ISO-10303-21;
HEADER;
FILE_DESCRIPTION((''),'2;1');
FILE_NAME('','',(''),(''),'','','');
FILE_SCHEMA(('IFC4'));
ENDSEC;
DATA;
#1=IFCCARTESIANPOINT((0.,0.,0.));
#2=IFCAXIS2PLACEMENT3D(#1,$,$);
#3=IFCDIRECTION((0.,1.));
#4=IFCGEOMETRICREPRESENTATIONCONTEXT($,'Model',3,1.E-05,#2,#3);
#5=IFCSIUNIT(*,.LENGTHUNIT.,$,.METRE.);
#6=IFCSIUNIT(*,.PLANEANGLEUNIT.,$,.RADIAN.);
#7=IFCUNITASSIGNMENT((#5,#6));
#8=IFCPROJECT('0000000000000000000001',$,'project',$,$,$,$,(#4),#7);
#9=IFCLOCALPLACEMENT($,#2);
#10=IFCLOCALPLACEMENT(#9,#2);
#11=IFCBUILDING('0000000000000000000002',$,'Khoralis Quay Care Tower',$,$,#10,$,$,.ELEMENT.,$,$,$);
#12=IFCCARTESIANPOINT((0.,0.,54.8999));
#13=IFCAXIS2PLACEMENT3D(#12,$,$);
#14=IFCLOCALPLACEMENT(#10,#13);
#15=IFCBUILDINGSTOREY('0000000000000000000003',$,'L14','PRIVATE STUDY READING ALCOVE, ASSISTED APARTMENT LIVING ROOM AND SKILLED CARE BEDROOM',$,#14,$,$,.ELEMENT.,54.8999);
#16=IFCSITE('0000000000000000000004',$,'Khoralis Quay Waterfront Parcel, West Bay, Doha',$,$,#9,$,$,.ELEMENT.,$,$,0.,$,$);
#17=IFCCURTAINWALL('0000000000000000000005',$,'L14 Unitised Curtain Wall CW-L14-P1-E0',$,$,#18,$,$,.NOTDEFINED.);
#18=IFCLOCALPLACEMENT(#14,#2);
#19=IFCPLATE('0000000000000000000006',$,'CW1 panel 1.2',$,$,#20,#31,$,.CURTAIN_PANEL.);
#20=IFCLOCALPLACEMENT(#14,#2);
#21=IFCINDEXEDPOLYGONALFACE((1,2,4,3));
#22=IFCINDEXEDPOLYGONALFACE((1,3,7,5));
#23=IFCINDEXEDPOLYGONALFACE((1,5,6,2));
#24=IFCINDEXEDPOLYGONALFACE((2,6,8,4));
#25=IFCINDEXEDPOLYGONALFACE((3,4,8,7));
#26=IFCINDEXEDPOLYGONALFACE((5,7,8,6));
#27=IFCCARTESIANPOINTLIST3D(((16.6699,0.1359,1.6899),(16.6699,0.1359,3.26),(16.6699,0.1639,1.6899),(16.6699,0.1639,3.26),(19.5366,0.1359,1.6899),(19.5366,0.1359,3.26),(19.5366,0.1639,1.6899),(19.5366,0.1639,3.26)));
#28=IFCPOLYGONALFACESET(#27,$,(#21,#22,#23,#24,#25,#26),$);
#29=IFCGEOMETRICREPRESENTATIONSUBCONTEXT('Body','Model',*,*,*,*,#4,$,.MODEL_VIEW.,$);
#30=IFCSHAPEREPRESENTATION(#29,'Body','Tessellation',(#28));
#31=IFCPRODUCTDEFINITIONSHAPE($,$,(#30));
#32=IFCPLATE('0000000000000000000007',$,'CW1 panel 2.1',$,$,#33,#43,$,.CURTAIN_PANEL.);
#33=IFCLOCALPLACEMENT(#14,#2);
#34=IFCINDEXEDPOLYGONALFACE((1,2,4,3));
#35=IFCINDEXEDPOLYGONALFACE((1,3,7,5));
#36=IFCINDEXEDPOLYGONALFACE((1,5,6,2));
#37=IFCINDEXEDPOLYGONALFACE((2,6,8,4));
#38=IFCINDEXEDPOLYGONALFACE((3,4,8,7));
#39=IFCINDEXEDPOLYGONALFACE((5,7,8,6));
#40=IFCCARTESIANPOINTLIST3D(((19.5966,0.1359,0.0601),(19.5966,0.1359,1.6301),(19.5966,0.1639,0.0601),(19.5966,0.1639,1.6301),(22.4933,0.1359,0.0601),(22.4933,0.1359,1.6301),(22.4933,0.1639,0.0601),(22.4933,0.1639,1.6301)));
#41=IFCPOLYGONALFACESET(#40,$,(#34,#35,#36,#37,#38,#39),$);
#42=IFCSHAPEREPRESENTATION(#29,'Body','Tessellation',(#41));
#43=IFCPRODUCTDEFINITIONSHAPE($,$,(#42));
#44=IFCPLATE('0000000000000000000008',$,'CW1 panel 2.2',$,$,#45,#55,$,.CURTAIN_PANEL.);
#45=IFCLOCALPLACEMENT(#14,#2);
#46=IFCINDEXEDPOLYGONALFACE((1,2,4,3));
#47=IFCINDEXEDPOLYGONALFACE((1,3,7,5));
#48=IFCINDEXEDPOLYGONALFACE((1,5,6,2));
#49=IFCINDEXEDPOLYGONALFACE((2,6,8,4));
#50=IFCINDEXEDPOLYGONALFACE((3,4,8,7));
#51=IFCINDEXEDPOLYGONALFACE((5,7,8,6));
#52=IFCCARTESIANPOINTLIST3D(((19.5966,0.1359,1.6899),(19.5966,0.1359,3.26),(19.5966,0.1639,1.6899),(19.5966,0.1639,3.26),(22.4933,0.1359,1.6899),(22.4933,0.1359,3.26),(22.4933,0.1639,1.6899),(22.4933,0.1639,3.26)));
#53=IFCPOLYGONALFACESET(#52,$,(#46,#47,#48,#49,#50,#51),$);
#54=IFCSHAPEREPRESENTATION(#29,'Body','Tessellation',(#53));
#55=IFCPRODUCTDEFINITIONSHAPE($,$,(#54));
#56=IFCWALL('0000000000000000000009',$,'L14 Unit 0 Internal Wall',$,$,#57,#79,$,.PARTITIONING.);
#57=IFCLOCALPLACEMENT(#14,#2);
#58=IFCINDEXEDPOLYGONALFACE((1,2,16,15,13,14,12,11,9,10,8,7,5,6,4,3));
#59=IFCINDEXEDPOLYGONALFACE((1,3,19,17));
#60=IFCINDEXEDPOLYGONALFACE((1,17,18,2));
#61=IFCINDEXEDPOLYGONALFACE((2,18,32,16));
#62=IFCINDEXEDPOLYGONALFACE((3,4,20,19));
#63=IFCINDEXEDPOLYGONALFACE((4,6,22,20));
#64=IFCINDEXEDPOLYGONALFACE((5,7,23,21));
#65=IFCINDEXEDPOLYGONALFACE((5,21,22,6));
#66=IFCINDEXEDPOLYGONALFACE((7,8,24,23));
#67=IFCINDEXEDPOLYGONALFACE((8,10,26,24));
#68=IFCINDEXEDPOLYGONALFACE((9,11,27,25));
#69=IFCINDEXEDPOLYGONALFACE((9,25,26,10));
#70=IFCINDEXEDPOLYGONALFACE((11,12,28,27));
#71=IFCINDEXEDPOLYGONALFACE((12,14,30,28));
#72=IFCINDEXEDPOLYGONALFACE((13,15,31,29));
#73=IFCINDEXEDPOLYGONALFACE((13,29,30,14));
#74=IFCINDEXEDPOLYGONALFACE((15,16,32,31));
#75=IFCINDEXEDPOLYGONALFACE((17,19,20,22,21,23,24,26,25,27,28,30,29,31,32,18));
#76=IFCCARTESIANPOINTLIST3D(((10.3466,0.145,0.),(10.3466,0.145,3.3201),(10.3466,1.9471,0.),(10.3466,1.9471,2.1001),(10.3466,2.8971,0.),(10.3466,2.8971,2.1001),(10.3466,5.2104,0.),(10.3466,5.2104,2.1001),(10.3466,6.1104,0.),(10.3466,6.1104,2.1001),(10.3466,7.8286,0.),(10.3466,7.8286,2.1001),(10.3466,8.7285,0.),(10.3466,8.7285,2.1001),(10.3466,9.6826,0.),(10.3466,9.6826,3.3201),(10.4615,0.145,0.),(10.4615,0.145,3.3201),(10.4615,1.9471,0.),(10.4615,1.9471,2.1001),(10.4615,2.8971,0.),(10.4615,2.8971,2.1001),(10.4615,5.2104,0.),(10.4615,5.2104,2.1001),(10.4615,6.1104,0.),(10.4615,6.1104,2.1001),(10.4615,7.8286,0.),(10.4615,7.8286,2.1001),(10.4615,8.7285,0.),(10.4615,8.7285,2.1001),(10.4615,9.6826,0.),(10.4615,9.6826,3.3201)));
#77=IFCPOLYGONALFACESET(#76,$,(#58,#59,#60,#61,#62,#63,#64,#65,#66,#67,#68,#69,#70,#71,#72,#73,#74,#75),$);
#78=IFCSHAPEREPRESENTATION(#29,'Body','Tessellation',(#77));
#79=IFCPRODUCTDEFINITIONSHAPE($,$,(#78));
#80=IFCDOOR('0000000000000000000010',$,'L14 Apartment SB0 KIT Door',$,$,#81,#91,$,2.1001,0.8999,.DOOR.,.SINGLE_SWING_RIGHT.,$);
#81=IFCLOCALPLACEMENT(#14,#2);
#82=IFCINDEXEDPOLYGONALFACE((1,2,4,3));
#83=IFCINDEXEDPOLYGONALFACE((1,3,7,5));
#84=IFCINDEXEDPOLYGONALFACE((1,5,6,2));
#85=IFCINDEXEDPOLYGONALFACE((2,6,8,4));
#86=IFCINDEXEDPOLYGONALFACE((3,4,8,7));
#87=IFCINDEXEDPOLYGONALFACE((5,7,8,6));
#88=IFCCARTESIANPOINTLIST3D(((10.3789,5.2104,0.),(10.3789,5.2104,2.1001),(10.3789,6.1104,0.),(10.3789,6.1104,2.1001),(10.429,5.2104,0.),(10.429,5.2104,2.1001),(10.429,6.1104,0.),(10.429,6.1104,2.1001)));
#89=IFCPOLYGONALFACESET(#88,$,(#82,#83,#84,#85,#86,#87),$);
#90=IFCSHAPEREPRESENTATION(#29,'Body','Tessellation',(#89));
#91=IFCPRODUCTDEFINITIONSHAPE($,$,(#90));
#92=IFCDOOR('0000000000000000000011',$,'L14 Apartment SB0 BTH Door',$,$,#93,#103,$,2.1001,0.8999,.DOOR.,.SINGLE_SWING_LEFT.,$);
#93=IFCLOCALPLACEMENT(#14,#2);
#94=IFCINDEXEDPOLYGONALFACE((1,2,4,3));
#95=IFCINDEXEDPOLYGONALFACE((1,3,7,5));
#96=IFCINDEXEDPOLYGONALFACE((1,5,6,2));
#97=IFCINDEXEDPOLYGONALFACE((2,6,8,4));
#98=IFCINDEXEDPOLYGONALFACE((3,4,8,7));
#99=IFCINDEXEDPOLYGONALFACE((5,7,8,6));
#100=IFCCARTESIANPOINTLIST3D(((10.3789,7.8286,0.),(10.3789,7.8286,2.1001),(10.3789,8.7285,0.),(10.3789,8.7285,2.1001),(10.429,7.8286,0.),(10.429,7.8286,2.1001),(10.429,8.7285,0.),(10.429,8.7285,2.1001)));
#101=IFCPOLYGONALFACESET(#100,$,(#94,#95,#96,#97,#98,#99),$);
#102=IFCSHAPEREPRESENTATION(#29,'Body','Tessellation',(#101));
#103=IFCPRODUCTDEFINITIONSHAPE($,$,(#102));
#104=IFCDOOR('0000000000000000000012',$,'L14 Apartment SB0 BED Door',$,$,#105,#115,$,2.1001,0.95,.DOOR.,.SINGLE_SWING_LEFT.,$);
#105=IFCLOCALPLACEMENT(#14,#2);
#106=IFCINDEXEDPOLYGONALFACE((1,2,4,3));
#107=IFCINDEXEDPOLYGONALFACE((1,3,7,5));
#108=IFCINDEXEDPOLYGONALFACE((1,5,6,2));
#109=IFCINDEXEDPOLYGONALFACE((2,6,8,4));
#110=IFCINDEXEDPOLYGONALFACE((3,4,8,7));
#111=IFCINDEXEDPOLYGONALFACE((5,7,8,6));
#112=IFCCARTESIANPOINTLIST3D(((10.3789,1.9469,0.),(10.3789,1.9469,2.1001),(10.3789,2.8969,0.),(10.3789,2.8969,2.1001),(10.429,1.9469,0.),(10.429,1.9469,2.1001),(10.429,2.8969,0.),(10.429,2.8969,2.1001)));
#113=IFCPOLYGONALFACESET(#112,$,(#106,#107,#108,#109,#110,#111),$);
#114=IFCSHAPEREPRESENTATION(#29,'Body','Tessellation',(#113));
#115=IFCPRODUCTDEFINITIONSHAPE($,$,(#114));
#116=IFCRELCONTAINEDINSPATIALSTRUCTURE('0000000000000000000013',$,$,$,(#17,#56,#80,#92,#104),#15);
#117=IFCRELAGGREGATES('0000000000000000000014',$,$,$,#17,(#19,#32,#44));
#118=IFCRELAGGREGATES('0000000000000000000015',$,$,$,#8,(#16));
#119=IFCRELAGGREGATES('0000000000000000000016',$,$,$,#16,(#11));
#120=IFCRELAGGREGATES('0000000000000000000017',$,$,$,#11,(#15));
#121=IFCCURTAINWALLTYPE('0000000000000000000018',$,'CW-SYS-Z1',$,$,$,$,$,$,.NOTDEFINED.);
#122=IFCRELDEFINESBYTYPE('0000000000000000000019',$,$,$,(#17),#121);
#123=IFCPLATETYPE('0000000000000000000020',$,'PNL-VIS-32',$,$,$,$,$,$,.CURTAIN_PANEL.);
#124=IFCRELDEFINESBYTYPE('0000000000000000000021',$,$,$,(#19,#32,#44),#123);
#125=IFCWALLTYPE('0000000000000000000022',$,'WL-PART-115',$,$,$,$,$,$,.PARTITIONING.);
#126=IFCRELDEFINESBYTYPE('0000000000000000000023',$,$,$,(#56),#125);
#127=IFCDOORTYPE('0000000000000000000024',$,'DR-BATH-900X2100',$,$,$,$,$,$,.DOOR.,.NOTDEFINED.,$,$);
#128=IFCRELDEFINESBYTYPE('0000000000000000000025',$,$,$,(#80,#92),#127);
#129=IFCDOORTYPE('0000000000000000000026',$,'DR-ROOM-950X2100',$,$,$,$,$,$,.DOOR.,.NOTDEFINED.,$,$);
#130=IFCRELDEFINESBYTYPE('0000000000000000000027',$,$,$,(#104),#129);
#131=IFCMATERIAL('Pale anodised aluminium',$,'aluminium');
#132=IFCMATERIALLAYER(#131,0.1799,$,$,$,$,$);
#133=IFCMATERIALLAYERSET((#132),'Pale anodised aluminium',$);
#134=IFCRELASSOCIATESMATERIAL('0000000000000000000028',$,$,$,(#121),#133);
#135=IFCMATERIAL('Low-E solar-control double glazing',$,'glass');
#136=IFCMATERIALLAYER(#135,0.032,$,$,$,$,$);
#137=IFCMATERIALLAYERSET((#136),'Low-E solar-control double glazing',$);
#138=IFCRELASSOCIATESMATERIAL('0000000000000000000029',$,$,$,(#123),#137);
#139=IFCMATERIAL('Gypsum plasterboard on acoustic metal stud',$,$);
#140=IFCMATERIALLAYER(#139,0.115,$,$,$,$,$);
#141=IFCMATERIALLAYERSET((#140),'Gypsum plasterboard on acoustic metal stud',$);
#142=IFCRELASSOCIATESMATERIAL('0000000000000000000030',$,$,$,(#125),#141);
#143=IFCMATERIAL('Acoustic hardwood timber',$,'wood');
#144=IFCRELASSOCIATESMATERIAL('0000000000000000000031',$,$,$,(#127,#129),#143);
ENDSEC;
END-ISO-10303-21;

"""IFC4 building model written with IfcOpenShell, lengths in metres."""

from ifc_helpers import new_model, si_unit, direction, frame, frame_2d, origin, origin_2d, place, context, subcontext, project, spatial, rectangle, extrude, source, transform, mapped, material, layer, layer_set, type_object, element, fill, aggregate, save


model = new_model("IFC4")

# Units and contexts
model_context = context("Model", 3, precision=1e-05, world=origin(), true_north=direction((0.0, 1.0)))
body_context = subcontext(model_context, "Body", "Model", "MODEL_VIEW")
ifc_project = project(units=[si_unit("LENGTHUNIT", "METRE"), si_unit("PLANEANGLEUNIT", "RADIAN")], contexts=[model_context])

# Site, building, storey
site_placement = place(None, origin())
site = spatial("IfcSite", under=ifc_project, at=site_placement, Name="Khoralis Quay Waterfront Parcel, West Bay, Doha", CompositionType="ELEMENT", RefElevation=0.0)
building_placement = place(site_placement, origin())
building = spatial("IfcBuilding", under=site, at=building_placement, Name="Khoralis Quay Care Tower", CompositionType="ELEMENT")
storey_placement = place(building_placement, frame((0.0, 0.0, 54.8999)))
storey = spatial("IfcBuildingStorey", under=building, at=storey_placement, Name="L14", Description="PRIVATE STUDY READING ALCOVE, ASSISTED APARTMENT LIVING ROOM AND SKILLED CARE BEDROOM", CompositionType="ELEMENT", Elevation=54.8999)

# Curtain wall, plates
ifc_material_1 = material(Name="Pale anodised aluminium", Category="aluminium")
ifc_layer_1 = layer(ifc_material_1, 0.1799)
ifc_layer_set_1 = layer_set([ifc_layer_1], Name="Pale anodised aluminium")
curtain_wall_type = type_object("IfcCurtainWallType", Name="CW-SYS-Z1", PredefinedType="NOTDEFINED", material=ifc_layer_set_1)
curtain_wall_placement = place(storey_placement, origin())
curtain_wall = element("IfcCurtainWall", 1, at=curtain_wall_placement, inside=storey, type_object=curtain_wall_type, Name="L14 Unitised Curtain Wall CW-L14-P1-E0", PredefinedType="NOTDEFINED")
ifc_material_2 = material(Name="Low-E solar-control double glazing", Category="glass")
ifc_layer_2 = layer(ifc_material_2, 0.032)
ifc_layer_set_2 = layer_set([ifc_layer_2], Name="Low-E solar-control double glazing")
plate_type = type_object("IfcPlateType", Name="PNL-VIS-32", PredefinedType="CURTAIN_PANEL", material=ifc_layer_set_2)
shared_shape_1 = source(origin(), body_context, "Body", "SweptSolid", [
    extrude(rectangle(XDim=2.8667, YDim=0.0281, at=origin_2d()), origin(), (0.0, 0.0, 1.0), 1.5701),
])
plate_1_placement = place(storey_placement, frame((18.1033, 0.1499, 1.6899), z_axis=(0.0, 0.0, 1.0), x_axis=(1.0, 0.0, 0.0)))
plate_1 = element("IfcPlate", 2, at=plate_1_placement, type_object=plate_type, Name="CW1 panel 1.2", PredefinedType="CURTAIN_PANEL", context=body_context, shape_type="MappedRepresentation", body=[
    mapped(shared_shape_1, transform((0.0, 0.0, 0.0), scale=1.0)),
])
shared_shape_2 = source(origin(), body_context, "Body", "SweptSolid", [
    extrude(rectangle(XDim=2.8967, YDim=0.0281, at=origin_2d()), origin(), (0.0, 0.0, 1.0), 1.5701),
])
plate_2_placement = place(storey_placement, frame((21.0449, 0.1499, 0.0601), z_axis=(0.0, 0.0, 1.0), x_axis=(1.0, 0.0, 0.0)))
plate_2 = element("IfcPlate", 3, at=plate_2_placement, type_object=plate_type, Name="CW1 panel 2.1", PredefinedType="CURTAIN_PANEL", context=body_context, shape_type="MappedRepresentation", body=[
    mapped(shared_shape_2, transform((0.0, 0.0, 0.0), scale=1.0)),
])
plate_3_placement = place(storey_placement, frame((21.0449, 0.1499, 1.6899), z_axis=(0.0, 0.0, 1.0), x_axis=(1.0, 0.0, 0.0)))
plate_3 = element("IfcPlate", 4, at=plate_3_placement, type_object=plate_type, Name="CW1 panel 2.2", PredefinedType="CURTAIN_PANEL", context=body_context, shape_type="MappedRepresentation", body=[
    mapped(shared_shape_2, transform((0.0, 0.0, 0.0), scale=1.0)),
])
aggregate(curtain_wall, [plate_1, plate_2, plate_3])

# Wall, openings, doors
ifc_material_3 = material(Name="Gypsum plasterboard on acoustic metal stud")
ifc_layer_3 = layer(ifc_material_3, 0.115)
ifc_layer_set_3 = layer_set([ifc_layer_3], Name="Gypsum plasterboard on acoustic metal stud")
wall_type_1 = type_object("IfcWallType", Name="WL-PART-115", PredefinedType="PARTITIONING", material=ifc_layer_set_3)
wall_1_placement = place(storey_placement, frame((10.4041, 0.145, 0.0), z_axis=(0.0, 0.0, 1.0), x_axis=(0.0, 1.0, 0.0)))
wall_1 = element("IfcWall", 5, at=wall_1_placement, inside=storey, type_object=wall_type_1, Name="L14 Unit 0 Internal Wall", PredefinedType="PARTITIONING", context=body_context, shape_type="SweptSolid", body=[
    extrude(rectangle(XDim=9.5376, YDim=0.115, at=frame_2d((4.7688, 0.0))), origin(), (0.0, 0.0, 1.0), 3.3201),
])
opening_1_placement = place(wall_1_placement, frame((1.802, 0.0, 0.0)))
opening_1 = element("IfcOpeningElement", 6, at=opening_1_placement, cuts=wall_1, PredefinedType="OPENING", context=body_context, shape_type="SweptSolid", body=[
    extrude(rectangle(XDim=0.95, YDim=2.1001, at=frame_2d((0.4751, 1.05))), frame((0.0, 0.0674, 0.0), z_axis=(0.0, -1.0, 0.0), x_axis=(1.0, 0.0, 0.0)), (0.0, 0.0, 1.0), 0.135),
])
opening_2_placement = place(wall_1_placement, frame((5.0654, 0.0, 0.0)))
opening_2 = element("IfcOpeningElement", 7, at=opening_2_placement, cuts=wall_1, PredefinedType="OPENING", context=body_context, shape_type="SweptSolid", body=[
    extrude(rectangle(XDim=0.8999, YDim=2.1001, at=frame_2d((0.45, 1.05))), frame((0.0, 0.0674, 0.0), z_axis=(0.0, -1.0, 0.0), x_axis=(1.0, 0.0, 0.0)), (0.0, 0.0, 1.0), 0.135),
])
opening_3_placement = place(wall_1_placement, frame((7.6836, 0.0, 0.0)))
opening_3 = element("IfcOpeningElement", 8, at=opening_3_placement, cuts=wall_1, PredefinedType="OPENING", context=body_context, shape_type="SweptSolid", body=[
    extrude(rectangle(XDim=0.8999, YDim=2.1001, at=frame_2d((0.45, 1.05))), frame((0.0, 0.0674, 0.0), z_axis=(0.0, -1.0, 0.0), x_axis=(1.0, 0.0, 0.0)), (0.0, 0.0, 1.0), 0.135),
])
ifc_material_4 = material(Name="Acoustic hardwood timber", Category="wood")
door_type_1 = type_object("IfcDoorType", Name="DR-BATH-900X2100", OperationType="NOTDEFINED", PredefinedType="DOOR", material=ifc_material_4)
shared_shape_3 = source(origin(), body_context, "Body", "SweptSolid", [
    extrude(rectangle(XDim=0.8999, YDim=2.1001, at=frame_2d((0.45, 1.05))), frame((0.0, 0.0249, 0.0), z_axis=(0.0, -1.0, 0.0), x_axis=(1.0, 0.0, 0.0)), (0.0, 0.0, 1.0), 0.05),
])
door_1_placement = place(opening_2_placement, frame((0.8999, 0.0, 0.0), z_axis=(0.0, 0.0, 1.0), x_axis=(-1.0, 0.0, 0.0)))
door_1 = element("IfcDoor", 9, at=door_1_placement, inside=storey, type_object=door_type_1, Name="L14 Apartment SB0 KIT Door", OperationType="SINGLE_SWING_RIGHT", OverallHeight=2.1001, OverallWidth=0.8999, PredefinedType="DOOR", context=body_context, shape_type="MappedRepresentation", body=[
    mapped(shared_shape_3, transform((0.0, 0.0, 0.0), scale=1.0)),
])
fill(opening_2, door_1)
door_2_placement = place(opening_3_placement, frame((0.8999, 0.0, 0.0), z_axis=(0.0, 0.0, 1.0), x_axis=(-1.0, 0.0, 0.0)))
door_2 = element("IfcDoor", 10, at=door_2_placement, inside=storey, type_object=door_type_1, Name="L14 Apartment SB0 BTH Door", OperationType="SINGLE_SWING_LEFT", OverallHeight=2.1001, OverallWidth=0.8999, PredefinedType="DOOR", context=body_context, shape_type="MappedRepresentation", body=[
    mapped(shared_shape_3, transform((0.0, 0.0, 0.0), scale=1.0)),
])
fill(opening_3, door_2)
door_type_2 = type_object("IfcDoorType", Name="DR-ROOM-950X2100", OperationType="NOTDEFINED", PredefinedType="DOOR", material=ifc_material_4)
shared_shape_4 = source(origin(), body_context, "Body", "SweptSolid", [
    extrude(rectangle(XDim=0.95, YDim=2.1001, at=frame_2d((0.4751, 1.05))), frame((0.0, 0.0249, 0.0), z_axis=(0.0, -1.0, 0.0), x_axis=(1.0, 0.0, 0.0)), (0.0, 0.0, 1.0), 0.05),
])
door_3_placement = place(opening_1_placement, frame((0.95, 0.0, 0.0), z_axis=(0.0, 0.0, 1.0), x_axis=(-1.0, 0.0, 0.0)))
door_3 = element("IfcDoor", 11, at=door_3_placement, inside=storey, type_object=door_type_2, Name="L14 Apartment SB0 BED Door", OperationType="SINGLE_SWING_LEFT", OverallHeight=2.1001, OverallWidth=0.95, PredefinedType="DOOR", context=body_context, shape_type="MappedRepresentation", body=[
    mapped(shared_shape_4, transform((0.0, 0.0, 0.0), scale=1.0)),
])
fill(opening_1, door_3)

save(model, "model.ifc")
